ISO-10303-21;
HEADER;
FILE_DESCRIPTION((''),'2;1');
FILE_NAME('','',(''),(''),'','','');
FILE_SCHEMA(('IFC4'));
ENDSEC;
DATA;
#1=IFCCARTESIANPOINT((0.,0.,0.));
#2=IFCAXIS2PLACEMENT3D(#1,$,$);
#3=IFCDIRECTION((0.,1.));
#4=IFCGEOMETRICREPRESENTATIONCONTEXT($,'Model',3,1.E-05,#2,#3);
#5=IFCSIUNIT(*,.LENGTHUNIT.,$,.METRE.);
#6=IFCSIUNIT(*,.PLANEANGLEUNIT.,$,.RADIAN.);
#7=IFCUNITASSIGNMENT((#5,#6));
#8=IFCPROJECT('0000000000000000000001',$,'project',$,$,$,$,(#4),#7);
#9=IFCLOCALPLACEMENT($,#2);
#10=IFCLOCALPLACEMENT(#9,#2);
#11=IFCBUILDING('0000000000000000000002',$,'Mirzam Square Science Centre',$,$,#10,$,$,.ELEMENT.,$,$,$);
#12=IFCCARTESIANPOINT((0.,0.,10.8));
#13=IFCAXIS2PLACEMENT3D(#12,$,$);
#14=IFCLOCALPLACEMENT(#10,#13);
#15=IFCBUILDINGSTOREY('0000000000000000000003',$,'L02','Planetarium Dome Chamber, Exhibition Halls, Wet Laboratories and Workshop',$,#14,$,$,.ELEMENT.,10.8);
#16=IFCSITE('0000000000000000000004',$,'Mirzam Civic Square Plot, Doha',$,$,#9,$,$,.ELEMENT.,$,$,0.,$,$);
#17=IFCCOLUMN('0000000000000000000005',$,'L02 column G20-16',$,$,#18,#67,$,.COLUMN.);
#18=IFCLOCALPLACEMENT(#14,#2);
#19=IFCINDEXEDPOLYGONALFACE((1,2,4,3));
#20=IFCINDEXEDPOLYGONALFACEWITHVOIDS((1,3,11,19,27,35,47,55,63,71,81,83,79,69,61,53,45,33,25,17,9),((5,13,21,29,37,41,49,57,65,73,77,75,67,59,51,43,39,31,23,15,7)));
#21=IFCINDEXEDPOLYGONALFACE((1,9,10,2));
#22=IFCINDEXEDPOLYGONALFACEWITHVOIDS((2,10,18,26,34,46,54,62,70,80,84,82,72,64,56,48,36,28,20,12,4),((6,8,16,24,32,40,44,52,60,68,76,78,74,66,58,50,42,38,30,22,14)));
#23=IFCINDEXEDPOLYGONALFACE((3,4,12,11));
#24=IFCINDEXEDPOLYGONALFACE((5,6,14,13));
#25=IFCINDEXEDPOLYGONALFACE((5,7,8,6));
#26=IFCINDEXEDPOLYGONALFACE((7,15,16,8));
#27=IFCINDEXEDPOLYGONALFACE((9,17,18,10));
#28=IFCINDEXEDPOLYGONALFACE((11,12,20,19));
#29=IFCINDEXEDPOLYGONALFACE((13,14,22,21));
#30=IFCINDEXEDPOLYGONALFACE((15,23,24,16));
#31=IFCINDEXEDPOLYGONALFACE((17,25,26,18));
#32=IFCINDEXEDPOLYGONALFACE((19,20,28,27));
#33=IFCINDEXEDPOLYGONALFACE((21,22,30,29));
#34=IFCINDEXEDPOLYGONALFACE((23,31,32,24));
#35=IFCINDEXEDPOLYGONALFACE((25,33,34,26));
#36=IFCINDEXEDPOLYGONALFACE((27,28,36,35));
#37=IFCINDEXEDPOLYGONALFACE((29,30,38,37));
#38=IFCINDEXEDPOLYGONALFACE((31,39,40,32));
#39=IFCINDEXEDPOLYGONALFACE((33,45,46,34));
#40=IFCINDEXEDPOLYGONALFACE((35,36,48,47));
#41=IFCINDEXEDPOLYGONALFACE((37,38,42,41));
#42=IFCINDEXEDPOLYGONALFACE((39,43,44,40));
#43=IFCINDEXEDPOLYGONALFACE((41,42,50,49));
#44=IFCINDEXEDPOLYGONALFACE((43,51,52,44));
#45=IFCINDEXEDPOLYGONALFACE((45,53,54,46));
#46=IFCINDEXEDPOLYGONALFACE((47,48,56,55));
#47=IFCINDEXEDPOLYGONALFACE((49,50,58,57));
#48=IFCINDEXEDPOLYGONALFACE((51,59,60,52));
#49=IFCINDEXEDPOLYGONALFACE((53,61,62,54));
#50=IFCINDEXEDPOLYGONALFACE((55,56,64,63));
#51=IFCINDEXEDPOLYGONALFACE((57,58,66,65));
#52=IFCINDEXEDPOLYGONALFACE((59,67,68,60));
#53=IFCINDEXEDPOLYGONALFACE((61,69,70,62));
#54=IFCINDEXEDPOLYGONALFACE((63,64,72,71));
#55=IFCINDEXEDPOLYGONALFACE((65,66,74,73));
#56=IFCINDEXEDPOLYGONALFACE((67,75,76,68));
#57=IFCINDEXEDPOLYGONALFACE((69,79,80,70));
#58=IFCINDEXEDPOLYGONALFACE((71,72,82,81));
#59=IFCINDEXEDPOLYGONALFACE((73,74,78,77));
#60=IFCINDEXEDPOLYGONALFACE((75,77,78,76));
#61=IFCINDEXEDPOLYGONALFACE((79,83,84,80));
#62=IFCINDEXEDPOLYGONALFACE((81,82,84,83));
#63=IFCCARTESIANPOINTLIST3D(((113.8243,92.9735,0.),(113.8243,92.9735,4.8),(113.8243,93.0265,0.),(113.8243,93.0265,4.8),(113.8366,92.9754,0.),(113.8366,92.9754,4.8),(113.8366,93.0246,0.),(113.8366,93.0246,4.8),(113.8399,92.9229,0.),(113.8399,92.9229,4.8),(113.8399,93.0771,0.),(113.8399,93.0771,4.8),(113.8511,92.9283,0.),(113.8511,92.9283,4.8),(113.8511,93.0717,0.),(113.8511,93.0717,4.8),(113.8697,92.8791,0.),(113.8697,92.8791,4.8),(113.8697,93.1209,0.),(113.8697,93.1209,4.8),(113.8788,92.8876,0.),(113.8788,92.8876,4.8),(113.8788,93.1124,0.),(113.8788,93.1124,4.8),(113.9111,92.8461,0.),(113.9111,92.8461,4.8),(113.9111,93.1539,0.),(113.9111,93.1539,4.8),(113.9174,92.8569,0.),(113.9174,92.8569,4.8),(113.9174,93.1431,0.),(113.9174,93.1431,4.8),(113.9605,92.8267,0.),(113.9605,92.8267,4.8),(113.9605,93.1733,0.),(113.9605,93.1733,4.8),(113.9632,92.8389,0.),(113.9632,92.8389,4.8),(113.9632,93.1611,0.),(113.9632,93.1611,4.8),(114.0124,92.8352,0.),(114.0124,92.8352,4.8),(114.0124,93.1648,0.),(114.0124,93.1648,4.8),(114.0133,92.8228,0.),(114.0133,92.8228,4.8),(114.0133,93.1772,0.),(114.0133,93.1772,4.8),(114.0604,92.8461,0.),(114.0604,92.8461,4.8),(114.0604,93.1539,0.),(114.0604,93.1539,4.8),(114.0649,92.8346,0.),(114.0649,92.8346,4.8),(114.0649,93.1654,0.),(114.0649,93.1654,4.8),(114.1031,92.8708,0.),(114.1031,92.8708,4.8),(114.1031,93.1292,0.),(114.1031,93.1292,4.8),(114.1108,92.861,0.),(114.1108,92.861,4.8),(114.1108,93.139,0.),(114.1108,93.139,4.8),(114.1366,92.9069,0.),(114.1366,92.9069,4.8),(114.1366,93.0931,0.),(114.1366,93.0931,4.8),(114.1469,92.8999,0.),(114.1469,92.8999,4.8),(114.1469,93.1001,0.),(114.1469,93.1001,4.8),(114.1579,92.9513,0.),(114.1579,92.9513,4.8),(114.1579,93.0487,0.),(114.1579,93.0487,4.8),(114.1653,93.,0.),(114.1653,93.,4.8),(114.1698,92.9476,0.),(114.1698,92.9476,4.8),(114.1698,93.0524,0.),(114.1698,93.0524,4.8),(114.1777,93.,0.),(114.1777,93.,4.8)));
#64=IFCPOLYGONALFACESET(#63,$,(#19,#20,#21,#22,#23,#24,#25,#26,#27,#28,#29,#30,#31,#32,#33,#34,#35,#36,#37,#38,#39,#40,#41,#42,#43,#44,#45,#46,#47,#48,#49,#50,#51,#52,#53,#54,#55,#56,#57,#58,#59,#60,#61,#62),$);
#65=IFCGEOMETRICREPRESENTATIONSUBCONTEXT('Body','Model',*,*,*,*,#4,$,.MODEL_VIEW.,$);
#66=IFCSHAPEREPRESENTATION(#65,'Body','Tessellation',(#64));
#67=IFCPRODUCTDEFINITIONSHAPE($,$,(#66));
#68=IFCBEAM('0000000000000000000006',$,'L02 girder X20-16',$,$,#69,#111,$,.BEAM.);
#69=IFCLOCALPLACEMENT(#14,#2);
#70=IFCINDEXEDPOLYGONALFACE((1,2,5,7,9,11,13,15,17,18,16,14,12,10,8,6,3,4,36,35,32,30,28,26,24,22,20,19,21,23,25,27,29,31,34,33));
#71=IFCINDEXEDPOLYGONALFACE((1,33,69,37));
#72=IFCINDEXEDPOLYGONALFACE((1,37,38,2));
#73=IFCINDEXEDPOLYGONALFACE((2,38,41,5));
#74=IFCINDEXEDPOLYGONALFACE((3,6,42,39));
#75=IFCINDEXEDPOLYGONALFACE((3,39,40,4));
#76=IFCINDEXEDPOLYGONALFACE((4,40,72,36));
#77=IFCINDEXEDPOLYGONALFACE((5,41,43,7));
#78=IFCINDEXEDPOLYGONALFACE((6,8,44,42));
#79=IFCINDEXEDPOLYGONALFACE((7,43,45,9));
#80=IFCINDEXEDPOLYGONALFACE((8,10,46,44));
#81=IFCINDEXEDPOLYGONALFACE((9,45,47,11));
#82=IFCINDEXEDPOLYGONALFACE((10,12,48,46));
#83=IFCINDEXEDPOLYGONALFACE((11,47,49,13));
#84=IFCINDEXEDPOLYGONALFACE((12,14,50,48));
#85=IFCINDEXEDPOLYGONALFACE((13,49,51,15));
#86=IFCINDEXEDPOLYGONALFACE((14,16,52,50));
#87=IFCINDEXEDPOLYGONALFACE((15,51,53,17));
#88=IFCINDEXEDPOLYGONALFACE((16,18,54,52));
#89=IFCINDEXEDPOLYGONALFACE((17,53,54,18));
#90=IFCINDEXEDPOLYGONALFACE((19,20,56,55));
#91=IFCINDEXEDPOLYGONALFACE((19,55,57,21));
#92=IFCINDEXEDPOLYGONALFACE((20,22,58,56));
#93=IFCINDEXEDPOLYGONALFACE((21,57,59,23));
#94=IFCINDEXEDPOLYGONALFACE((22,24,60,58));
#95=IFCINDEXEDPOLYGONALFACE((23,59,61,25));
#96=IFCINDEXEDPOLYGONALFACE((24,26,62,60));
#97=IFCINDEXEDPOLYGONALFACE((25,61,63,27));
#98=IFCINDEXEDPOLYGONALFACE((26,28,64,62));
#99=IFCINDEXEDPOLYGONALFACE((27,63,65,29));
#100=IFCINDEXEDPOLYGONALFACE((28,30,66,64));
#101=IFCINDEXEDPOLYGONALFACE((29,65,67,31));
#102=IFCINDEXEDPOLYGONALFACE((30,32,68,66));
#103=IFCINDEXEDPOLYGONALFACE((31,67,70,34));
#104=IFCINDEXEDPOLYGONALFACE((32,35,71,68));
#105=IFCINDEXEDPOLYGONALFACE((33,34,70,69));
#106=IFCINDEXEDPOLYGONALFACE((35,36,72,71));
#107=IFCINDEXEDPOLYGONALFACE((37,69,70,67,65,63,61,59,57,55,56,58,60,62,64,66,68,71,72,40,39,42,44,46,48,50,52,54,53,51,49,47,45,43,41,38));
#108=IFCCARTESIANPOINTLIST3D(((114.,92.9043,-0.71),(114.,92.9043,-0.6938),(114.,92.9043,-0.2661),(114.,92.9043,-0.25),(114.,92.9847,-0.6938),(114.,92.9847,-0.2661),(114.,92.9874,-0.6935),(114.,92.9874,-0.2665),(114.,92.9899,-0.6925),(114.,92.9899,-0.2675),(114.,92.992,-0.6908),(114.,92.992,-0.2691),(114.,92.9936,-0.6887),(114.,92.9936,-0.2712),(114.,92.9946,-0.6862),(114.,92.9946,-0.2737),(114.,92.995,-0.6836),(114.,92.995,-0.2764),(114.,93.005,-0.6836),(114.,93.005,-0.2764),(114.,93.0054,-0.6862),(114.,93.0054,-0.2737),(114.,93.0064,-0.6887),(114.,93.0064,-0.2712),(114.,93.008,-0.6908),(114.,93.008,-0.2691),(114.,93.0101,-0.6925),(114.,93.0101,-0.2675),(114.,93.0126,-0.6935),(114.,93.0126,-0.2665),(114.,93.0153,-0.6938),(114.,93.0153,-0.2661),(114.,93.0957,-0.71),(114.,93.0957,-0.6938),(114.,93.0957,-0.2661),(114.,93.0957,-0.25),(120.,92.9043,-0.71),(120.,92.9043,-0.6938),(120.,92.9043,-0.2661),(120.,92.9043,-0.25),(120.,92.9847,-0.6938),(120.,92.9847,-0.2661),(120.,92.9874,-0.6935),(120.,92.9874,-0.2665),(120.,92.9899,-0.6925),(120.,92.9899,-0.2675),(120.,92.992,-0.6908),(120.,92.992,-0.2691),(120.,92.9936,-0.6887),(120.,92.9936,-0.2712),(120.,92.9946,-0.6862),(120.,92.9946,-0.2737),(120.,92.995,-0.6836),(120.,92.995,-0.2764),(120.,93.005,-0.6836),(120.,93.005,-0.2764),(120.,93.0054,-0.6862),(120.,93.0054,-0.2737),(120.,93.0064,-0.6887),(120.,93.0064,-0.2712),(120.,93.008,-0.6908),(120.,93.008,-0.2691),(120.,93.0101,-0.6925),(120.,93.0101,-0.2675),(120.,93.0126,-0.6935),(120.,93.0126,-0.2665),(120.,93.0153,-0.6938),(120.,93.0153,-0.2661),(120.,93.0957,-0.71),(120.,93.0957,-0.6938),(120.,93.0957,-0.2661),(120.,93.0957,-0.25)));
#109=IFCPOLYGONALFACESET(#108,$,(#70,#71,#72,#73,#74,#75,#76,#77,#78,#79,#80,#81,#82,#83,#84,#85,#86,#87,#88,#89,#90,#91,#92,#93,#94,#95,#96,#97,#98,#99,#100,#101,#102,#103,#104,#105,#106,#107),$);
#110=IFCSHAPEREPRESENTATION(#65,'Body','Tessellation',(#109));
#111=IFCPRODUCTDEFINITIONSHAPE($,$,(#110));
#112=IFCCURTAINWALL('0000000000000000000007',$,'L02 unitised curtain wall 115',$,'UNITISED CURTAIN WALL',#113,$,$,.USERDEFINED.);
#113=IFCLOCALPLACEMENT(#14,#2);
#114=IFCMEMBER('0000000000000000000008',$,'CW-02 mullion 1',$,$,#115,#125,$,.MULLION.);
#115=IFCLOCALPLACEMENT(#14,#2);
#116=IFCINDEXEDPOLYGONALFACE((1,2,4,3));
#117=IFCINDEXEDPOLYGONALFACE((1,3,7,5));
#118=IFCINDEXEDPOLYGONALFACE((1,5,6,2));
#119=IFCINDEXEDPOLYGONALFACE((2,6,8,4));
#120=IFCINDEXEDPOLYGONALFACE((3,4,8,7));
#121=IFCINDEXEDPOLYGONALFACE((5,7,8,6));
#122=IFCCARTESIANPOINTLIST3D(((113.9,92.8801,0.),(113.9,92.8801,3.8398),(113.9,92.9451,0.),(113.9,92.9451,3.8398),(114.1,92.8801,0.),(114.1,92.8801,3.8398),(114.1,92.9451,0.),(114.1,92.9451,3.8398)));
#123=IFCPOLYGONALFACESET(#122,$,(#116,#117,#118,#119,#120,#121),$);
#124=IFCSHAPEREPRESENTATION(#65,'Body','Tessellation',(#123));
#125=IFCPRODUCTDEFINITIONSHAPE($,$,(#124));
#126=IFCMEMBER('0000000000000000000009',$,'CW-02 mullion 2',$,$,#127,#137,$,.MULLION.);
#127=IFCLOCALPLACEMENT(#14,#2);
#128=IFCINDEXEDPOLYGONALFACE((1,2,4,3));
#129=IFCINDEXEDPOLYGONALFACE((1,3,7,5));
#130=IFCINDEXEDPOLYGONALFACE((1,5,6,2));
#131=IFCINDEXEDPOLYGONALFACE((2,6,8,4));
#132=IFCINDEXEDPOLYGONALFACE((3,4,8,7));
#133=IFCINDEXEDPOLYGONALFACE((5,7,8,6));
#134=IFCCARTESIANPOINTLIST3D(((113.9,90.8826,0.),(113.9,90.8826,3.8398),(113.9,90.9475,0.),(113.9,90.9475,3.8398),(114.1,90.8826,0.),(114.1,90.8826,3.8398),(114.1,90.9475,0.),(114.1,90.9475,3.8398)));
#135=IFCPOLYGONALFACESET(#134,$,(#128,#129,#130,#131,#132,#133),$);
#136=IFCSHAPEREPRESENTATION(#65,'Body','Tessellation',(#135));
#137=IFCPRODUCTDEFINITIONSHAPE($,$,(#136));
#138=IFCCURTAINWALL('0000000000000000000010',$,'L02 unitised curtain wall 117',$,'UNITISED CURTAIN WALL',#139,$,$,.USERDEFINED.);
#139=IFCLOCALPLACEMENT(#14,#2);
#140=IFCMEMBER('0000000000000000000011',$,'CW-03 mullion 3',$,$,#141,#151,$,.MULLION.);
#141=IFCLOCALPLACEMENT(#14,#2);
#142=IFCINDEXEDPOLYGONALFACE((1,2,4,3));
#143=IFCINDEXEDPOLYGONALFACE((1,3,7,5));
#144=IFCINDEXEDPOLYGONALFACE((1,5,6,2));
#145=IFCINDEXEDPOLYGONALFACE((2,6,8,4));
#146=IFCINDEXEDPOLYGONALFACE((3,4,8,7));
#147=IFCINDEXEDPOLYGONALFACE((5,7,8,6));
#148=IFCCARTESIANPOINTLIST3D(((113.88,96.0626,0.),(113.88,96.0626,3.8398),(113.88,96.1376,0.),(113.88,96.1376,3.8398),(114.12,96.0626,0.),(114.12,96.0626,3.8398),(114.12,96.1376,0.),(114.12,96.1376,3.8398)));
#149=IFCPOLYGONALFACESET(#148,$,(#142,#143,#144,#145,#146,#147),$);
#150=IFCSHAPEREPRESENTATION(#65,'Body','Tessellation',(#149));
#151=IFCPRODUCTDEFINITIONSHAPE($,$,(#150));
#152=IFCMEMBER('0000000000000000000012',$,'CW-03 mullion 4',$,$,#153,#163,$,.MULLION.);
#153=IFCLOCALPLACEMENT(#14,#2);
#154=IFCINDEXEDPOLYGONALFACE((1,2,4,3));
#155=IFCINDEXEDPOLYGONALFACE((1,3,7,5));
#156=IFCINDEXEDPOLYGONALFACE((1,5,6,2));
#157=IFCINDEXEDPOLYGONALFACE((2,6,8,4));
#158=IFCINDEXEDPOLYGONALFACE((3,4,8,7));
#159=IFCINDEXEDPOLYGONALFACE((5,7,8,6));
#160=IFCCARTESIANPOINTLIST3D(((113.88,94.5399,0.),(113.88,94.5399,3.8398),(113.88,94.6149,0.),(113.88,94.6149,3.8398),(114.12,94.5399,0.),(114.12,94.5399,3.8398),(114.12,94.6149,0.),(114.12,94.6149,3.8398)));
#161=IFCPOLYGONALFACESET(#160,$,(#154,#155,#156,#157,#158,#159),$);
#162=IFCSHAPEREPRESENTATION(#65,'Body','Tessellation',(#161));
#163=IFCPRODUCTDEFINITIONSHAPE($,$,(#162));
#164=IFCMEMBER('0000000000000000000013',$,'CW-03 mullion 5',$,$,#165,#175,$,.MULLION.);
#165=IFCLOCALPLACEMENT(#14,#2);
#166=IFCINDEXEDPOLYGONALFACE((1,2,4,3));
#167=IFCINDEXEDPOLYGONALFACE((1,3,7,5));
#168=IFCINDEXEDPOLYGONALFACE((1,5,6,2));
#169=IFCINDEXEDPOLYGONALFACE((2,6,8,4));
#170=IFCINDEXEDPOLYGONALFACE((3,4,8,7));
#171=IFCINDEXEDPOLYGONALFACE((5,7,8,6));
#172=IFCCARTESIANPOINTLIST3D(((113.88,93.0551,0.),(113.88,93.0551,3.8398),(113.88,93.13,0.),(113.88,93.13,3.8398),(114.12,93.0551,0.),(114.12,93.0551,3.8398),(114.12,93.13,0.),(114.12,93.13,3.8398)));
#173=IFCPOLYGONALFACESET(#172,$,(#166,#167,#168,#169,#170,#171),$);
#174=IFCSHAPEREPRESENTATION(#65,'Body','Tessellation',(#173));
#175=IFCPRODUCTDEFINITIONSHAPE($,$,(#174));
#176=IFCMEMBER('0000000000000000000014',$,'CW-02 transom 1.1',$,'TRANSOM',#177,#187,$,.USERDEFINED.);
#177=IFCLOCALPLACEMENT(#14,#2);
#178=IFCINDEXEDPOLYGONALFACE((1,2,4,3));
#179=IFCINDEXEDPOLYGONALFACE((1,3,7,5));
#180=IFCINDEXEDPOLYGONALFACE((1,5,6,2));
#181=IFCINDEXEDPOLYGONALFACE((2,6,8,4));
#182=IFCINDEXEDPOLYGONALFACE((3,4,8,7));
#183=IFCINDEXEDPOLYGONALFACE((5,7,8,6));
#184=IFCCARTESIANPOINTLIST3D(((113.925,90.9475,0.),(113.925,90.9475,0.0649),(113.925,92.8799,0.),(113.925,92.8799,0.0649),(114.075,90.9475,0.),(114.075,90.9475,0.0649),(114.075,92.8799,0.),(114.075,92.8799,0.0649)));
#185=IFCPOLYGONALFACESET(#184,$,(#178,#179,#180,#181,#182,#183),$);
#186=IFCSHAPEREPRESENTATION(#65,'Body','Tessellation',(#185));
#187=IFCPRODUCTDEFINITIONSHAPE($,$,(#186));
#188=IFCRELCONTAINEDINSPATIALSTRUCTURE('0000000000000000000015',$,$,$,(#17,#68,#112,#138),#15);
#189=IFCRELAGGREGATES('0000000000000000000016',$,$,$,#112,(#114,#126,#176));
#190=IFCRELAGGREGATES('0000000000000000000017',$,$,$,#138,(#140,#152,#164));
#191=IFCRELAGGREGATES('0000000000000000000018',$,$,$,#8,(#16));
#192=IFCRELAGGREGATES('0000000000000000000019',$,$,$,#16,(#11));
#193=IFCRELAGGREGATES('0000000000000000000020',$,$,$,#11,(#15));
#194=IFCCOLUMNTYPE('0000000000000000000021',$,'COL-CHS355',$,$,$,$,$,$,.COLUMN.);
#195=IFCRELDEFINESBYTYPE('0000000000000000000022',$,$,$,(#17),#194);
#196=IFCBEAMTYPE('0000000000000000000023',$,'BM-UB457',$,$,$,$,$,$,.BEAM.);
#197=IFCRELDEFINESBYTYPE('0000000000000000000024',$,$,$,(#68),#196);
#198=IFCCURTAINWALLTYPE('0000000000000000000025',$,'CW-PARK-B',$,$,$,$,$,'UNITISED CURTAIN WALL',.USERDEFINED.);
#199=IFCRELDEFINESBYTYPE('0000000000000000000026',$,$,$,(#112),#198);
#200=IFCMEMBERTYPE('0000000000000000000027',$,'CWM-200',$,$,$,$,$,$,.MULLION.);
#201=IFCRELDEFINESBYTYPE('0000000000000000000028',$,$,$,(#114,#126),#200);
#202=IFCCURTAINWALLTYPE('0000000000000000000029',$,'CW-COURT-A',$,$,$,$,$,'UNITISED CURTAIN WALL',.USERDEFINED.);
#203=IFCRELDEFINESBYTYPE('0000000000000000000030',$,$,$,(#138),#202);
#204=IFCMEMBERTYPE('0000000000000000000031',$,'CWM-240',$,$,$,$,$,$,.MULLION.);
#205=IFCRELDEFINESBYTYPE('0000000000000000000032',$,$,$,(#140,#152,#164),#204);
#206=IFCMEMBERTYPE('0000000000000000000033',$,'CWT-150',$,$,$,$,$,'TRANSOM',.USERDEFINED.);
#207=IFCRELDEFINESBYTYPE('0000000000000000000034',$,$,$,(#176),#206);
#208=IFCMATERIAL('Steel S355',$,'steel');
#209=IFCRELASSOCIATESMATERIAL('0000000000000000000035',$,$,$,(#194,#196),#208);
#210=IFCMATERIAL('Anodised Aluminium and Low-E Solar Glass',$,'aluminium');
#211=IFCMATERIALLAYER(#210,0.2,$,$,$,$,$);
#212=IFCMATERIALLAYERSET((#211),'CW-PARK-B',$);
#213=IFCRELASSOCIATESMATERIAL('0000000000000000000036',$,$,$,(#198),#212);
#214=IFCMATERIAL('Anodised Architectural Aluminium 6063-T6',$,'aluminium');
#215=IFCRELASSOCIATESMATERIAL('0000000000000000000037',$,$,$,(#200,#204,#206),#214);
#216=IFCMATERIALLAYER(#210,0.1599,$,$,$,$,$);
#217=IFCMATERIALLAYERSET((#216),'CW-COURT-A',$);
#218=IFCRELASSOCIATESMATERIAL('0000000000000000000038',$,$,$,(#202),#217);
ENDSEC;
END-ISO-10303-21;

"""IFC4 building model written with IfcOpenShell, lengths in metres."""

from ifc_helpers import new_model, si_unit, direction, frame, origin, origin_2d, place, context, subcontext, project, spatial, rectangle, hollow_circle, i_section, extrude, material, layer, layer_set, material_profile, profile_set, type_object, element, aggregate, save


model = new_model("IFC4")

# Units and contexts
model_context = context("Model", 3, precision=1e-05, world=origin(), true_north=direction((0.0, 1.0)))
body_context = subcontext(model_context, "Body", "Model", "MODEL_VIEW")
ifc_project = project(units=[si_unit("LENGTHUNIT", "METRE"), si_unit("PLANEANGLEUNIT", "RADIAN")], contexts=[model_context])

# Site, building, storey
site_placement = place(None, origin())
site = spatial("IfcSite", under=ifc_project, at=site_placement, Name="Mirzam Civic Square Plot, Doha", CompositionType="ELEMENT", RefElevation=0.0)
building_placement = place(site_placement, origin())
building = spatial("IfcBuilding", under=site, at=building_placement, Name="Mirzam Square Science Centre", CompositionType="ELEMENT")
storey_placement = place(building_placement, frame((0.0, 0.0, 10.8)))
storey = spatial("IfcBuildingStorey", under=building, at=storey_placement, Name="L02", Description="Planetarium Dome Chamber, Exhibition Halls, Wet Laboratories and Workshop", CompositionType="ELEMENT", Elevation=10.8)

# Column
ifc_material_1 = material(Name="Steel S355", Category="steel")
ifc_material_profile_1 = material_profile(ifc_material_1, hollow_circle(Radius=0.1777, WallThickness=0.0125, at=origin_2d()), Name="355.6x12.5CHS")
ifc_profile_set_1 = profile_set([ifc_material_profile_1], Name="Steel S355")
column_type = type_object("IfcColumnType", Name="COL-CHS355", PredefinedType="COLUMN", material=ifc_profile_set_1)
column_placement = place(storey_placement, frame((114.0, 93.0, 0.0), z_axis=(0.0, 0.0, 1.0), x_axis=(1.0, 0.0, 0.0)))
element("IfcColumn", 1, at=column_placement, inside=storey, type_object=column_type, Name="L02 column G20-16", PredefinedType="COLUMN", context=body_context, shape_type="SweptSolid", body=[
    extrude(hollow_circle(Radius=0.1777, WallThickness=0.0125, at=origin_2d()), origin(), (0.0, 0.0, 1.0), 4.8),
])

# Beam
ifc_material_profile_2 = material_profile(ifc_material_1, i_section(OverallWidth=0.1914, OverallDepth=0.46, WebThickness=0.01, FlangeThickness=0.0161, FilletRadius=0.0103, at=origin_2d()), Name="457x191x82UB")
ifc_profile_set_2 = profile_set([ifc_material_profile_2], Name="Steel S355")
beam_type_1 = type_object("IfcBeamType", Name="BM-UB457", PredefinedType="BEAM", material=ifc_profile_set_2)
beam_1_placement = place(storey_placement, frame((114.0, 93.0, -0.48), z_axis=(1.0, 0.0, 0.0), x_axis=(0.0, 1.0, 0.0)))
element("IfcBeam", 2, at=beam_1_placement, inside=storey, type_object=beam_type_1, Name="L02 girder X20-16", PredefinedType="BEAM", context=body_context, shape_type="SweptSolid", body=[
    extrude(i_section(OverallWidth=0.1914, OverallDepth=0.46, WebThickness=0.01, FlangeThickness=0.0161, FilletRadius=0.0103, at=origin_2d()), origin(), (0.0, 0.0, 1.0), 6.0),
])

# Curtain walls, members
ifc_material_2 = material(Name="Anodised Aluminium and Low-E Solar Glass", Category="aluminium")
ifc_layer_1 = layer(ifc_material_2, 0.2)
ifc_layer_set_1 = layer_set([ifc_layer_1], Name="CW-PARK-B")
curtain_wall_type_1 = type_object("IfcCurtainWallType", Name="CW-PARK-B", ElementType="UNITISED CURTAIN WALL", PredefinedType="USERDEFINED", material=ifc_layer_set_1)
curtain_wall_1_placement = place(storey_placement, origin())
curtain_wall_1 = element("IfcCurtainWall", 3, at=curtain_wall_1_placement, inside=storey, type_object=curtain_wall_type_1, Name="L02 unitised curtain wall 115", ObjectType="UNITISED CURTAIN WALL", PredefinedType="USERDEFINED")
ifc_material_3 = material(Name="Anodised Architectural Aluminium 6063-T6", Category="aluminium")
ifc_material_profile_3 = material_profile(ifc_material_3, rectangle(XDim=0.0649, YDim=0.2, at=origin_2d()), Name="ALU-MULL-200x65x5")
ifc_profile_set_3 = profile_set([ifc_material_profile_3], Name="Anodised Architectural Aluminium 6063-T6")
member_type_1 = type_object("IfcMemberType", Name="CWM-200", PredefinedType="MULLION", material=ifc_profile_set_3)
member_1_placement = place(storey_placement, frame((114.0, 92.9126, 0.0), z_axis=(0.0, 0.0, 1.0), x_axis=(0.0, -1.0, 0.0)))
member_1 = element("IfcMember", 4, at=member_1_placement, type_object=member_type_1, Name="CW-02 mullion 1", PredefinedType="MULLION", context=body_context, shape_type="SweptSolid", body=[
    extrude(rectangle(XDim=0.0649, YDim=0.2, at=origin_2d()), origin(), (0.0, 0.0, 1.0), 3.8398),
])
member_2_placement = place(storey_placement, frame((114.0, 90.915, 0.0), z_axis=(0.0, 0.0, 1.0), x_axis=(0.0, -1.0, 0.0)))
member_2 = element("IfcMember", 5, at=member_2_placement, type_object=member_type_1, Name="CW-02 mullion 2", PredefinedType="MULLION", context=body_context, shape_type="SweptSolid", body=[
    extrude(rectangle(XDim=0.0649, YDim=0.2, at=origin_2d()), origin(), (0.0, 0.0, 1.0), 3.8398),
])
ifc_layer_2 = layer(ifc_material_2, 0.1599)
ifc_layer_set_2 = layer_set([ifc_layer_2], Name="CW-COURT-A")
curtain_wall_type_2 = type_object("IfcCurtainWallType", Name="CW-COURT-A", ElementType="UNITISED CURTAIN WALL", PredefinedType="USERDEFINED", material=ifc_layer_set_2)
curtain_wall_2_placement = place(storey_placement, origin())
curtain_wall_2 = element("IfcCurtainWall", 6, at=curtain_wall_2_placement, inside=storey, type_object=curtain_wall_type_2, Name="L02 unitised curtain wall 117", ObjectType="UNITISED CURTAIN WALL", PredefinedType="USERDEFINED")
ifc_material_profile_4 = material_profile(ifc_material_3, rectangle(XDim=0.075, YDim=0.24, at=origin_2d()), Name="ALU-MULL-240x75x5")
ifc_profile_set_4 = profile_set([ifc_material_profile_4], Name="Anodised Architectural Aluminium 6063-T6")
member_type_2 = type_object("IfcMemberType", Name="CWM-240", PredefinedType="MULLION", material=ifc_profile_set_4)
member_3_placement = place(storey_placement, frame((114.0, 96.1001, 0.0), z_axis=(0.0, 0.0, 1.0), x_axis=(0.0, -1.0, 0.0)))
member_3 = element("IfcMember", 7, at=member_3_placement, type_object=member_type_2, Name="CW-03 mullion 3", PredefinedType="MULLION", context=body_context, shape_type="SweptSolid", body=[
    extrude(rectangle(XDim=0.075, YDim=0.24, at=origin_2d()), origin(), (0.0, 0.0, 1.0), 3.8398),
])
member_4_placement = place(storey_placement, frame((114.0, 94.5774, 0.0), z_axis=(0.0, 0.0, 1.0), x_axis=(0.0, -1.0, 0.0)))
member_4 = element("IfcMember", 8, at=member_4_placement, type_object=member_type_2, Name="CW-03 mullion 4", PredefinedType="MULLION", context=body_context, shape_type="SweptSolid", body=[
    extrude(rectangle(XDim=0.075, YDim=0.24, at=origin_2d()), origin(), (0.0, 0.0, 1.0), 3.8398),
])
member_5_placement = place(storey_placement, frame((114.0, 93.0925, 0.0), z_axis=(0.0, 0.0, 1.0), x_axis=(0.0, -1.0, 0.0)))
member_5 = element("IfcMember", 9, at=member_5_placement, type_object=member_type_2, Name="CW-03 mullion 5", PredefinedType="MULLION", context=body_context, shape_type="SweptSolid", body=[
    extrude(rectangle(XDim=0.075, YDim=0.24, at=origin_2d()), origin(), (0.0, 0.0, 1.0), 3.8398),
])

# Member
ifc_material_profile_5 = material_profile(ifc_material_3, rectangle(XDim=0.1499, YDim=0.0649, at=origin_2d()), Name="ALU-TRAN-150x65x4")
ifc_profile_set_5 = profile_set([ifc_material_profile_5], Name="Anodised Architectural Aluminium 6063-T6")
member_type_3 = type_object("IfcMemberType", Name="CWT-150", ElementType="TRANSOM", PredefinedType="USERDEFINED", material=ifc_profile_set_5)
member_6_placement = place(storey_placement, frame((114.0, 92.8799, 0.0325), z_axis=(0.0, -1.0, 0.0), x_axis=(1.0, 0.0, 0.0)))
member_6 = element("IfcMember", 10, at=member_6_placement, type_object=member_type_3, Name="CW-02 transom 1.1", ObjectType="TRANSOM", PredefinedType="USERDEFINED", context=body_context, shape_type="SweptSolid", body=[
    extrude(rectangle(XDim=0.1499, YDim=0.0649, at=origin_2d()), origin(), (0.0, 0.0, 1.0), 1.9324),
])

aggregate(curtain_wall_1, [member_1, member_2, member_6])
aggregate(curtain_wall_2, [member_3, member_4, member_5])

save(model, "model.ifc")
